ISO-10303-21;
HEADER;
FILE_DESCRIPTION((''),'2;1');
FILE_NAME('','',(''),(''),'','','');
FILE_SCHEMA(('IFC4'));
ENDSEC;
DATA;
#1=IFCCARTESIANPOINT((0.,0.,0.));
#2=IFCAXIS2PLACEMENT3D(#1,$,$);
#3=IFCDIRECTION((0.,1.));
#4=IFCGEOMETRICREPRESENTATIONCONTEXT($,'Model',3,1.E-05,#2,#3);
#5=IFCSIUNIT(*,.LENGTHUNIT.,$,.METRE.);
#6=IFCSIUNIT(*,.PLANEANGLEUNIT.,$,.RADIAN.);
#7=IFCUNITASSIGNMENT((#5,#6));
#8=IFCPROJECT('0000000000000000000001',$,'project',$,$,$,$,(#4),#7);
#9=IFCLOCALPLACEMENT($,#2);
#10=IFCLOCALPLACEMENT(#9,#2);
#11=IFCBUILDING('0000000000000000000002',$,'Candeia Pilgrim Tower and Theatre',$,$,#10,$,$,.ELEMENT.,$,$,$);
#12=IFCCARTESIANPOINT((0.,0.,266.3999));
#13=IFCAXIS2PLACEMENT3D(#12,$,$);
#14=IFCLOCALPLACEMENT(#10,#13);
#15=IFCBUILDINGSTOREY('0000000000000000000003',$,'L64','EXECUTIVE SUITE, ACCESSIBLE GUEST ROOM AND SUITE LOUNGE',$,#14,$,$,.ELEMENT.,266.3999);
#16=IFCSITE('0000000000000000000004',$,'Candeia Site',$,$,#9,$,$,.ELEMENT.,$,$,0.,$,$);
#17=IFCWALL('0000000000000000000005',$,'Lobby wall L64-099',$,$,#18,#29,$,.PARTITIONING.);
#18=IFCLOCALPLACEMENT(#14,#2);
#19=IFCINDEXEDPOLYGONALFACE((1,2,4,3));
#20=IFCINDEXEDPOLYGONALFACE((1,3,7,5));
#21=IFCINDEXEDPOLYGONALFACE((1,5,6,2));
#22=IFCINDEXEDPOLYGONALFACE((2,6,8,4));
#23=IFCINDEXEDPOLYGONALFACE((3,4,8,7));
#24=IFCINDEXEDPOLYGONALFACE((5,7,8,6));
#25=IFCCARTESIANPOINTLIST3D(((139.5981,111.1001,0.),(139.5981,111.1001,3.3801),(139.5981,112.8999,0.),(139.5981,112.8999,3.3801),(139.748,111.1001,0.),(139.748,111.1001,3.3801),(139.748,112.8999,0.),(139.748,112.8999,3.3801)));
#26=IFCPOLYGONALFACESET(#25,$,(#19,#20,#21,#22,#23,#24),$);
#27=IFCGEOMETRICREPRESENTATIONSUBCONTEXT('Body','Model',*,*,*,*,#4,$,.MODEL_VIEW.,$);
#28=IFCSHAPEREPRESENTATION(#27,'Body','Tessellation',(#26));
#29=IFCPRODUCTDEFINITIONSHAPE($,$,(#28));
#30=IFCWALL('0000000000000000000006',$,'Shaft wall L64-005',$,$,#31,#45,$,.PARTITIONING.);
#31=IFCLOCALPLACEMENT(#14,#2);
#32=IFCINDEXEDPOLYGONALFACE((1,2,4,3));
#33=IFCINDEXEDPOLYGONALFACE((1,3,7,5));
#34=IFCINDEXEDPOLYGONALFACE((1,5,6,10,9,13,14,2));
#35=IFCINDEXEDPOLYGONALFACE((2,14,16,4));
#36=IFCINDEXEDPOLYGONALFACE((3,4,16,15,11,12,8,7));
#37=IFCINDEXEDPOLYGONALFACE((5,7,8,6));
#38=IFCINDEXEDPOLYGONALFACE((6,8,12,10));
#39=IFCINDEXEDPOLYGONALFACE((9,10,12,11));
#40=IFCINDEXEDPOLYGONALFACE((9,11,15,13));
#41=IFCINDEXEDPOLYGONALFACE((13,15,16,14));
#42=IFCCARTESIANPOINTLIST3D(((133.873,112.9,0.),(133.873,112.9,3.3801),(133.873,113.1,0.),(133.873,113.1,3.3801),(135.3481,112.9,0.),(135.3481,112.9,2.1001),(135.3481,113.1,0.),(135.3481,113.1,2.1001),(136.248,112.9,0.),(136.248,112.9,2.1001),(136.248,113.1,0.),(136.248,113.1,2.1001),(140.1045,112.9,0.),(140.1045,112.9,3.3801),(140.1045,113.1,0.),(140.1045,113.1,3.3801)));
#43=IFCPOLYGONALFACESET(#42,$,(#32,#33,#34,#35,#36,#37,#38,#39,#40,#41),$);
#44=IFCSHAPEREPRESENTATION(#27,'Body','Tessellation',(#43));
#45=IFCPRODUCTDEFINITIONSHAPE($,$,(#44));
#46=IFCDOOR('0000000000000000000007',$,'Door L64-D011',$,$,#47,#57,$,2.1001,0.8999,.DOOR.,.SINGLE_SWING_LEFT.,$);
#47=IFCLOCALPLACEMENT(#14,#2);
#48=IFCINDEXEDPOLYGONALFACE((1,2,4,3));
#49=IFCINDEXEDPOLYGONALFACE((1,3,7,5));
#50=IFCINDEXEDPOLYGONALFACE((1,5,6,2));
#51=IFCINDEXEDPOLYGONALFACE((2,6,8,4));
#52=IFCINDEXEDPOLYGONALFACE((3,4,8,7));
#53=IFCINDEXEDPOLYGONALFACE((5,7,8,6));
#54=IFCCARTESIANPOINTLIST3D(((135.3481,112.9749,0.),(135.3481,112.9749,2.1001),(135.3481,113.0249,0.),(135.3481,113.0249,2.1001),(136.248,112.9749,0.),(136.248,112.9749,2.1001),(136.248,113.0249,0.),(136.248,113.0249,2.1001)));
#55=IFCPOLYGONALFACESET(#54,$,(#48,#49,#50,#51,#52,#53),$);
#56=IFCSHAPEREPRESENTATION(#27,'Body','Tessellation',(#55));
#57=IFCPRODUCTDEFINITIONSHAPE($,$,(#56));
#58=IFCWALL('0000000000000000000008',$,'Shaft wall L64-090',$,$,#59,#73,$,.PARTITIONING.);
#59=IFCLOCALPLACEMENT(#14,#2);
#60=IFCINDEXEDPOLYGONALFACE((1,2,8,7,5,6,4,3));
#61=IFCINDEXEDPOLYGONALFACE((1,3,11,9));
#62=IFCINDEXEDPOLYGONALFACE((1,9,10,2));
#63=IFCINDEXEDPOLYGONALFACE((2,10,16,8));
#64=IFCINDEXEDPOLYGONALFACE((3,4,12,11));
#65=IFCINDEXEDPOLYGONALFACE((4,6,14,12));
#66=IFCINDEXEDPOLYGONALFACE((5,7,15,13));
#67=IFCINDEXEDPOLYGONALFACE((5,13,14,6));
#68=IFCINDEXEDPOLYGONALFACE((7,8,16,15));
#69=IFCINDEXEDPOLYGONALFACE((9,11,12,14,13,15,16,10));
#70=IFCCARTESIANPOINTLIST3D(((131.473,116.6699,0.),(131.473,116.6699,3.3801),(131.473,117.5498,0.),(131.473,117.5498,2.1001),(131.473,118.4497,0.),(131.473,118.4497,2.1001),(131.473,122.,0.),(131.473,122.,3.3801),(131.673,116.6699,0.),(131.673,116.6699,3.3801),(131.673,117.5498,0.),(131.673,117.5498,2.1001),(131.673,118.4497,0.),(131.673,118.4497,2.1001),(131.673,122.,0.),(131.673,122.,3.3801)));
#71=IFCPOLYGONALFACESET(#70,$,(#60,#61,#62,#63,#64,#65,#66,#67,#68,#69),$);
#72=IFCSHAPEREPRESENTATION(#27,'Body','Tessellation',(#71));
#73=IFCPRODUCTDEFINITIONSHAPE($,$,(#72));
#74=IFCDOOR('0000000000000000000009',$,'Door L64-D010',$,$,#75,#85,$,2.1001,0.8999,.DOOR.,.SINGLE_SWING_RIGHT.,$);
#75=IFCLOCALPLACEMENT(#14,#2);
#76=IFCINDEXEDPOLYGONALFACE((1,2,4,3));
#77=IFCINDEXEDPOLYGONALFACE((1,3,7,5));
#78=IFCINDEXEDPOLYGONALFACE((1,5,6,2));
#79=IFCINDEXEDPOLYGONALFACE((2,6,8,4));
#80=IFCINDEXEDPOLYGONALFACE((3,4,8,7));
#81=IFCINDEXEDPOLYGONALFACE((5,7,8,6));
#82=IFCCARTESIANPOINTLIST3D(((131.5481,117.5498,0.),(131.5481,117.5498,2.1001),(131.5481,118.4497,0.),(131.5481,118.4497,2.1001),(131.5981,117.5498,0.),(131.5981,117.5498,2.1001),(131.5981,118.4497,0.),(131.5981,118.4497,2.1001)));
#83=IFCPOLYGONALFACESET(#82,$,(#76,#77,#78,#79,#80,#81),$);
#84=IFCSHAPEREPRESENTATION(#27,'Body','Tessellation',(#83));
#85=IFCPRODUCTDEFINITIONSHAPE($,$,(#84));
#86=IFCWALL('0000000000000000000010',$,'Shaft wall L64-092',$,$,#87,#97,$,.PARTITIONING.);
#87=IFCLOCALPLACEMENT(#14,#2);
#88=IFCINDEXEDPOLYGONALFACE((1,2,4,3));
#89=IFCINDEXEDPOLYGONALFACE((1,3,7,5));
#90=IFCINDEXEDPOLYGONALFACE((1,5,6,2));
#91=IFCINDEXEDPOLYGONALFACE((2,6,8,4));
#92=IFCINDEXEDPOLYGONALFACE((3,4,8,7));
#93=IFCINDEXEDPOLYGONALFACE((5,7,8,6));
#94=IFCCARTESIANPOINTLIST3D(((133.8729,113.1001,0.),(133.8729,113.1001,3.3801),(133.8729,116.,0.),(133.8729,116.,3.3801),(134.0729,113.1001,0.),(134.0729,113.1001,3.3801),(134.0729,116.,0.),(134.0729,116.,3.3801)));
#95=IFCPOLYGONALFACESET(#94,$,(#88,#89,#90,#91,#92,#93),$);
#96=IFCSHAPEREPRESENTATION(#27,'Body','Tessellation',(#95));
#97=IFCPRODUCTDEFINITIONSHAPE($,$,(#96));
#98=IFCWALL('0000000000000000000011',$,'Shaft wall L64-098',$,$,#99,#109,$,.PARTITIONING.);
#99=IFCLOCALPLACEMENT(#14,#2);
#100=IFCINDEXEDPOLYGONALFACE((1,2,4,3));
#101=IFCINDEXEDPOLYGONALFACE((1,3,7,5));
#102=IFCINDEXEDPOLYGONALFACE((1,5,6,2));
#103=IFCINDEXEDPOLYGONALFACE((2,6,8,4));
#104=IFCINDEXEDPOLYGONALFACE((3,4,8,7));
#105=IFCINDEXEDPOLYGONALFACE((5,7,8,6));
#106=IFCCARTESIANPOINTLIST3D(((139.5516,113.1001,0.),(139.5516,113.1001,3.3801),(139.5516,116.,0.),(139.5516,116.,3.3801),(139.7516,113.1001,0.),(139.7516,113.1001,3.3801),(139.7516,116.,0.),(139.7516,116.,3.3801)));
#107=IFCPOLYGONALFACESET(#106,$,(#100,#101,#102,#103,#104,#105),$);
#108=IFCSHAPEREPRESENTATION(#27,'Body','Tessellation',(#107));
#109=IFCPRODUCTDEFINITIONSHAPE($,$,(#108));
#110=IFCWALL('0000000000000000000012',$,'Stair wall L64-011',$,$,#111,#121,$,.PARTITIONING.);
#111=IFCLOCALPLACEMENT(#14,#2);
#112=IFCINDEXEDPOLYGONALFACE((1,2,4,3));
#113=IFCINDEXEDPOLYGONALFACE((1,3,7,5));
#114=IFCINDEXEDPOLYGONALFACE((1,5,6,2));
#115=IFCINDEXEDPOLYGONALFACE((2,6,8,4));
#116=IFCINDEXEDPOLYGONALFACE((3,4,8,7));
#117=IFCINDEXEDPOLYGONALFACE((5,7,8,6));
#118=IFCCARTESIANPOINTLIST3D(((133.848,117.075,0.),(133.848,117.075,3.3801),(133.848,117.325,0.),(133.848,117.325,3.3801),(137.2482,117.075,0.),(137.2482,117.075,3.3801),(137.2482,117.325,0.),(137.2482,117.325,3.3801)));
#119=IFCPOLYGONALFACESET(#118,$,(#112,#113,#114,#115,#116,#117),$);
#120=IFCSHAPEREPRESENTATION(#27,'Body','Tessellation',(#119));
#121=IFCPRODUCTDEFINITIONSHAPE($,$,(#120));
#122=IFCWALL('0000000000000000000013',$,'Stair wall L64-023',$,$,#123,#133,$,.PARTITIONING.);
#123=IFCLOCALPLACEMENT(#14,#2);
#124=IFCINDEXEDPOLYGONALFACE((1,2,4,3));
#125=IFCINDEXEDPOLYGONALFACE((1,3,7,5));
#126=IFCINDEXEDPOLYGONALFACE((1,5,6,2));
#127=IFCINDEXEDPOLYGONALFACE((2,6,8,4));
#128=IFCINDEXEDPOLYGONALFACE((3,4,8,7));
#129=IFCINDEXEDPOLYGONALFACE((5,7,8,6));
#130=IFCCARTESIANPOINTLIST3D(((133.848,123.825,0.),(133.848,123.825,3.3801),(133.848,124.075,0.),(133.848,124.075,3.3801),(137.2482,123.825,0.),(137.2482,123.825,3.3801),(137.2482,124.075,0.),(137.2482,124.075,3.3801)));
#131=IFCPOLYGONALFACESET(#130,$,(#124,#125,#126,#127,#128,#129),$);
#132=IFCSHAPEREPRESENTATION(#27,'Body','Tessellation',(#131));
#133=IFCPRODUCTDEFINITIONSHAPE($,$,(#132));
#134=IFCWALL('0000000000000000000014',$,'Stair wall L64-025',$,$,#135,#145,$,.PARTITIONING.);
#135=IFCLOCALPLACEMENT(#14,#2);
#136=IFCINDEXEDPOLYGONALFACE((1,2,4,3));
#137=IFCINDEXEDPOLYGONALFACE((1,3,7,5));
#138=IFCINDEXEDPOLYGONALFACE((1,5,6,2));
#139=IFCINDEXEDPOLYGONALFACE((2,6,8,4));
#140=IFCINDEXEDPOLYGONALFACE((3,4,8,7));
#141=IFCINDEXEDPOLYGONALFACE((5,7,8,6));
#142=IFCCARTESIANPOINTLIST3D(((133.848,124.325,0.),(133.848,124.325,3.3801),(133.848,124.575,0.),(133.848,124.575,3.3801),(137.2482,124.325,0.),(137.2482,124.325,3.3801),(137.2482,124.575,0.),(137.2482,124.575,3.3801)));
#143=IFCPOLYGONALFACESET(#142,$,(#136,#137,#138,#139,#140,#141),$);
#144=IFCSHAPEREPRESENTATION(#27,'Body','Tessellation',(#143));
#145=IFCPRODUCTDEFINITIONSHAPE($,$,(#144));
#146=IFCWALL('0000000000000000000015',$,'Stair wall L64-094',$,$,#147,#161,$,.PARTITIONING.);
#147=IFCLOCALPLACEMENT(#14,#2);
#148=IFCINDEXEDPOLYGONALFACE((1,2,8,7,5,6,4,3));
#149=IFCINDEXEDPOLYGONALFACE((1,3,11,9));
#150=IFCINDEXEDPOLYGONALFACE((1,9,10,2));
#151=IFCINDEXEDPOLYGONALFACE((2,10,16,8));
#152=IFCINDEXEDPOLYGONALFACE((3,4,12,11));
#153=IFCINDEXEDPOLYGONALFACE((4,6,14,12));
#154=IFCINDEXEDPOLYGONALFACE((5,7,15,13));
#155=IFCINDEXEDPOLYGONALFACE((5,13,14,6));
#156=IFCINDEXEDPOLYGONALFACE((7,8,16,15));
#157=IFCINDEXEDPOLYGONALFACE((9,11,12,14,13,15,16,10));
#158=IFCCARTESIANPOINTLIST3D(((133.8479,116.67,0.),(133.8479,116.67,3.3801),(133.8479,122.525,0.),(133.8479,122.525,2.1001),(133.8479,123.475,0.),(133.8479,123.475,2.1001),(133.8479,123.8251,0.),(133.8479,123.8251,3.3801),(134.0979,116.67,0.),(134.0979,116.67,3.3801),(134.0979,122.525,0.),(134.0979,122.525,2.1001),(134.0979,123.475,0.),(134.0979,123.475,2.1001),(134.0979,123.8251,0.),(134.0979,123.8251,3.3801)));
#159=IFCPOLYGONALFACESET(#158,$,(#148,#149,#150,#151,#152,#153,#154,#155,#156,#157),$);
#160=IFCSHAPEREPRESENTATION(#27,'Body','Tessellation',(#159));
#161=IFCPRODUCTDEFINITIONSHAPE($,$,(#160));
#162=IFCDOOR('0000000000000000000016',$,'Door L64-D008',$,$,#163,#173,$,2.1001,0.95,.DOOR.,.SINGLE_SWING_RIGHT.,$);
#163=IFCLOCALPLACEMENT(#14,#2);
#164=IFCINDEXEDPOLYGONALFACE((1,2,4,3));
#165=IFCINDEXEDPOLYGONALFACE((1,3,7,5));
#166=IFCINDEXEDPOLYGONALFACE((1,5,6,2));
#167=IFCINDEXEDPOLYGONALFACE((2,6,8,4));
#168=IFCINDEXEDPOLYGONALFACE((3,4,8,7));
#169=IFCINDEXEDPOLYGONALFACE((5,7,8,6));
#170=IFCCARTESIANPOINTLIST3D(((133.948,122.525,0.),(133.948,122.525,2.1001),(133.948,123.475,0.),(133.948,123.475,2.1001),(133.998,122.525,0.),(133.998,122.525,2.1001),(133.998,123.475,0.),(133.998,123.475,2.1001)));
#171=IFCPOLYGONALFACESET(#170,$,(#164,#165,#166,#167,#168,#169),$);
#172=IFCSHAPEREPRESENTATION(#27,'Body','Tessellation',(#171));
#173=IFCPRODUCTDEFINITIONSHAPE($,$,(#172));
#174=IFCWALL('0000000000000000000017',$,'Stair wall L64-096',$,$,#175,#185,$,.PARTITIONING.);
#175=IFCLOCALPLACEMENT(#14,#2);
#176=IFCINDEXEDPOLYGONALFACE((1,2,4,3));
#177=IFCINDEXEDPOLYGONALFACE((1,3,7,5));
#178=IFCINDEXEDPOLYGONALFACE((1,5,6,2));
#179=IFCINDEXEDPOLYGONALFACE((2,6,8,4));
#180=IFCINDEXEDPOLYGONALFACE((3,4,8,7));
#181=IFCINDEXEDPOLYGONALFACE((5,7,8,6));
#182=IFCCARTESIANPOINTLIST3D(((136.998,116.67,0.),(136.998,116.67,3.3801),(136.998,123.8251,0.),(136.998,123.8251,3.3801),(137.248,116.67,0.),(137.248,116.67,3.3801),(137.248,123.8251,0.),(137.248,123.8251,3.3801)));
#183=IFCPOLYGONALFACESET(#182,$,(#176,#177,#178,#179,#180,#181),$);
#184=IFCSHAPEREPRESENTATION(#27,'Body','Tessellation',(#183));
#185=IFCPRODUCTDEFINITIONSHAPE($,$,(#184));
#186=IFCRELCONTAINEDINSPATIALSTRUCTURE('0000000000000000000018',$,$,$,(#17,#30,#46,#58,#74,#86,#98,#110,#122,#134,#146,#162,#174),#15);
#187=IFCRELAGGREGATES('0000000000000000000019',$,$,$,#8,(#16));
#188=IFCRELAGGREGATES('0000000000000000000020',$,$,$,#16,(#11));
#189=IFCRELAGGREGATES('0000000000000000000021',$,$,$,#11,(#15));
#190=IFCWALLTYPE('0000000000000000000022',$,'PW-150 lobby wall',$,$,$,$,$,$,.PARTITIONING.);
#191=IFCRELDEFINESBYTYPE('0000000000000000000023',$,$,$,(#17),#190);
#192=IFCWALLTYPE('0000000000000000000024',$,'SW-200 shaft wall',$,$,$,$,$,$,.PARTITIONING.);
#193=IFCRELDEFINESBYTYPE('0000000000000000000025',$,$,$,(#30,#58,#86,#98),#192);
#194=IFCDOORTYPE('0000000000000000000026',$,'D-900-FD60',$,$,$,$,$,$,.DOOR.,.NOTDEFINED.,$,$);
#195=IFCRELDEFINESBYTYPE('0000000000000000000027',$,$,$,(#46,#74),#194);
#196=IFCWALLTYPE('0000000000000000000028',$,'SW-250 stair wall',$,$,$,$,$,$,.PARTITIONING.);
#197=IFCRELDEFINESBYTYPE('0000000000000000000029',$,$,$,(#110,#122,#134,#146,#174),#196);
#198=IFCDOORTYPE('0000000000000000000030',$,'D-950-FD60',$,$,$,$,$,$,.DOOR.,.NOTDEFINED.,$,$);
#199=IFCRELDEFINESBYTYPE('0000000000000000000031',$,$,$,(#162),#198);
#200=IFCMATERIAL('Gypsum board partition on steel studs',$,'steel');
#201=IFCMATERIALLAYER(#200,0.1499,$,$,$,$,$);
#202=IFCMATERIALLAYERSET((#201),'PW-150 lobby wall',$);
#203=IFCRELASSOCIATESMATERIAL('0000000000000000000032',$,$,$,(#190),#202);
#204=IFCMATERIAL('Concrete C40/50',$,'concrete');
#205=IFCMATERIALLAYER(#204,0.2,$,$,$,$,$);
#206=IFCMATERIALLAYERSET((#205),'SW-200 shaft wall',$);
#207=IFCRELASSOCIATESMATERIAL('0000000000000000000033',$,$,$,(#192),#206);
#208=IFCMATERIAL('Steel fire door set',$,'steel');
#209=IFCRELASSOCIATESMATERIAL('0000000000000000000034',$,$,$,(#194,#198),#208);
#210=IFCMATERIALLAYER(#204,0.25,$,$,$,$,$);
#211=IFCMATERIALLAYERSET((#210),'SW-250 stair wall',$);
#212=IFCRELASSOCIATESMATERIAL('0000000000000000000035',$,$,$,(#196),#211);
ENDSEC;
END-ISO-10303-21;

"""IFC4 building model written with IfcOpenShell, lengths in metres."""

from ifc_helpers import new_model, si_unit, direction, frame, frame_2d, origin, place, context, subcontext, project, spatial, rectangle, extrude, material, layer, layer_set, type_object, element, fill, save


model = new_model("IFC4")

# Units and contexts
model_context = context("Model", 3, precision=1e-05, world=origin(), true_north=direction((0.0, 1.0)))
body_context = subcontext(model_context, "Body", "Model", "MODEL_VIEW")
ifc_project = project(units=[si_unit("LENGTHUNIT", "METRE"), si_unit("PLANEANGLEUNIT", "RADIAN")], contexts=[model_context])

# Site, building, storey
site_placement = place(None, origin())
site = spatial("IfcSite", under=ifc_project, at=site_placement, Name="Candeia Site", CompositionType="ELEMENT", RefElevation=0.0)
building_placement = place(site_placement, origin())
building = spatial("IfcBuilding", under=site, at=building_placement, Name="Candeia Pilgrim Tower and Theatre", CompositionType="ELEMENT")
storey_placement = place(building_placement, frame((0.0, 0.0, 266.3999)))
storey = spatial("IfcBuildingStorey", under=building, at=storey_placement, Name="L64", Description="EXECUTIVE SUITE, ACCESSIBLE GUEST ROOM AND SUITE LOUNGE", CompositionType="ELEMENT", Elevation=266.3999)

# Shared definitions
ifc_material_1 = material(Name="Concrete C40/50", Category="concrete")

# Shared definitions
ifc_material_2 = material(Name="Steel fire door set", Category="steel")

# Shared definitions
ifc_material_3 = material(Name="Gypsum board partition on steel studs", Category="steel")
ifc_layer_1 = layer(ifc_material_3, 0.1499)
ifc_layer_set_1 = layer_set([ifc_layer_1], Name="PW-150 lobby wall")
wall_type_1 = type_object("IfcWallType", Name="PW-150 lobby wall", PredefinedType="PARTITIONING", material=ifc_layer_set_1)

# Wall
wall_1_placement = place(storey_placement, frame((139.6731, 111.1001, 0.0), z_axis=(0.0, 0.0, 1.0), x_axis=(0.0, 1.0, 0.0)))
element("IfcWall", 1, at=wall_1_placement, inside=storey, type_object=wall_type_1, Name="Lobby wall L64-099", PredefinedType="PARTITIONING", context=body_context, shape_type="SweptSolid", body=[
    extrude(rectangle(XDim=1.7998, YDim=0.1499, at=frame_2d((0.8999, 0.0))), origin(), (0.0, 0.0, 1.0), 3.3801),
])

# Walls, openings, doors
ifc_layer_2 = layer(ifc_material_1, 0.2)
ifc_layer_set_2 = layer_set([ifc_layer_2], Name="SW-200 shaft wall")
wall_type_2 = type_object("IfcWallType", Name="SW-200 shaft wall", PredefinedType="PARTITIONING", material=ifc_layer_set_2)
wall_2_placement = place(storey_placement, frame((133.873, 113.0, 0.0), z_axis=(0.0, 0.0, 1.0), x_axis=(1.0, 0.0, 0.0)))
wall_2 = element("IfcWall", 2, at=wall_2_placement, inside=storey, type_object=wall_type_2, Name="Shaft wall L64-005", PredefinedType="PARTITIONING", context=body_context, shape_type="SweptSolid", body=[
    extrude(rectangle(XDim=6.2314, YDim=0.2, at=frame_2d((3.1157, 0.0))), origin(), (0.0, 0.0, 1.0), 3.3801),
])
opening_1_placement = place(wall_2_placement, frame((1.4751, 0.0, 0.0)))
opening_1 = element("IfcOpeningElement", 3, at=opening_1_placement, cuts=wall_2, PredefinedType="OPENING", context=body_context, shape_type="SweptSolid", body=[
    extrude(rectangle(XDim=0.8999, YDim=2.1001, at=frame_2d((0.45, 1.05))), frame((0.0, 0.1099, 0.0), z_axis=(0.0, -1.0, 0.0), x_axis=(1.0, 0.0, 0.0)), (0.0, 0.0, 1.0), 0.22),
])
door_type_1 = type_object("IfcDoorType", Name="D-900-FD60", OperationType="NOTDEFINED", PredefinedType="DOOR", material=ifc_material_2)
door_1_placement = place(opening_1_placement, origin())
door_1 = element("IfcDoor", 4, at=door_1_placement, inside=storey, type_object=door_type_1, Name="Door L64-D011", OperationType="SINGLE_SWING_LEFT", OverallHeight=2.1001, OverallWidth=0.8999, PredefinedType="DOOR", context=body_context, shape_type="SweptSolid", body=[
    extrude(rectangle(XDim=0.8999, YDim=2.1001, at=frame_2d((0.45, 1.05))), frame((0.0, 0.0249, 0.0), z_axis=(0.0, -1.0, 0.0), x_axis=(1.0, 0.0, 0.0)), (0.0, 0.0, 1.0), 0.05),
])
fill(opening_1, door_1)
wall_3_placement = place(storey_placement, frame((131.573, 116.6699, 0.0), z_axis=(0.0, 0.0, 1.0), x_axis=(0.0, 1.0, 0.0)))
wall_3 = element("IfcWall", 5, at=wall_3_placement, inside=storey, type_object=wall_type_2, Name="Shaft wall L64-090", PredefinedType="PARTITIONING", context=body_context, shape_type="SweptSolid", body=[
    extrude(rectangle(XDim=5.3301, YDim=0.2, at=frame_2d((2.665, 0.0))), origin(), (0.0, 0.0, 1.0), 3.3801),
])
opening_2_placement = place(wall_3_placement, frame((0.8799, 0.0, 0.0)))
opening_2 = element("IfcOpeningElement", 6, at=opening_2_placement, cuts=wall_3, PredefinedType="OPENING", context=body_context, shape_type="SweptSolid", body=[
    extrude(rectangle(XDim=0.8999, YDim=2.1001, at=frame_2d((0.45, 1.05))), frame((0.0, 0.1099, 0.0), z_axis=(0.0, -1.0, 0.0), x_axis=(1.0, 0.0, 0.0)), (0.0, 0.0, 1.0), 0.22),
])
door_2_placement = place(opening_2_placement, origin())
door_2 = element("IfcDoor", 7, at=door_2_placement, inside=storey, type_object=door_type_1, Name="Door L64-D010", OperationType="SINGLE_SWING_RIGHT", OverallHeight=2.1001, OverallWidth=0.8999, PredefinedType="DOOR", context=body_context, shape_type="SweptSolid", body=[
    extrude(rectangle(XDim=0.8999, YDim=2.1001, at=frame_2d((0.45, 1.05))), frame((0.0, 0.0249, 0.0), z_axis=(0.0, -1.0, 0.0), x_axis=(1.0, 0.0, 0.0)), (0.0, 0.0, 1.0), 0.05),
])
fill(opening_2, door_2)

# Walls
for number, where, z_axis, x_axis, name in (
    (8, (133.9729, 113.1001, 0.0), (0.0, 0.0, 1.0), (0.0, 1.0, 0.0), "Shaft wall L64-092"),
    (9, (139.6516, 113.1001, 0.0), (0.0, 0.0, 1.0), (0.0, 1.0, 0.0), "Shaft wall L64-098"),
):
    element("IfcWall", number, at=place(storey_placement, frame(where, z_axis=z_axis, x_axis=x_axis)), inside=storey, type_object=wall_type_2, Name=name, PredefinedType="PARTITIONING", context=body_context, shape_type="SweptSolid", body=[
        extrude(rectangle(XDim=2.8999, YDim=0.2, at=frame_2d((1.45, 0.0))), origin(), (0.0, 0.0, 1.0), 3.3801),
    ])
ifc_layer_3 = layer(ifc_material_1, 0.25)
ifc_layer_set_3 = layer_set([ifc_layer_3], Name="SW-250 stair wall")
wall_type_3 = type_object("IfcWallType", Name="SW-250 stair wall", PredefinedType="PARTITIONING", material=ifc_layer_set_3)
for number, where, z_axis, x_axis, name in (
    (10, (133.8479, 117.2, 0.0), (0.0, 0.0, 1.0), (1.0, 0.0, 0.0), "Stair wall L64-011"),
    (11, (133.8479, 123.95, 0.0), (0.0, 0.0, 1.0), (1.0, 0.0, 0.0), "Stair wall L64-023"),
    (12, (133.8479, 124.45, 0.0), (0.0, 0.0, 1.0), (1.0, 0.0, 0.0), "Stair wall L64-025"),
):
    element("IfcWall", number, at=place(storey_placement, frame(where, z_axis=z_axis, x_axis=x_axis)), inside=storey, type_object=wall_type_3, Name=name, PredefinedType="PARTITIONING", context=body_context, shape_type="SweptSolid", body=[
        extrude(rectangle(XDim=3.4001, YDim=0.25, at=frame_2d((1.7002, 0.0))), origin(), (0.0, 0.0, 1.0), 3.3801),
    ])

# Wall, opening, door
wall_4_placement = place(storey_placement, frame((133.9729, 116.6699, 0.0), z_axis=(0.0, 0.0, 1.0), x_axis=(0.0, 1.0, 0.0)))
wall_4 = element("IfcWall", 13, at=wall_4_placement, inside=storey, type_object=wall_type_3, Name="Stair wall L64-094", PredefinedType="PARTITIONING", context=body_context, shape_type="SweptSolid", body=[
    extrude(rectangle(XDim=7.155, YDim=0.25, at=frame_2d((3.5776, 0.0))), origin(), (0.0, 0.0, 1.0), 3.3801),
])
opening_3_placement = place(wall_4_placement, frame((5.855, 0.0, 0.0)))
opening_3 = element("IfcOpeningElement", 14, at=opening_3_placement, cuts=wall_4, PredefinedType="OPENING", context=body_context, shape_type="SweptSolid", body=[
    extrude(rectangle(XDim=0.95, YDim=2.1001, at=frame_2d((0.4751, 1.05))), frame((0.0, 0.135, 0.0), z_axis=(0.0, -1.0, 0.0), x_axis=(1.0, 0.0, 0.0)), (0.0, 0.0, 1.0), 0.27),
])
door_type_2 = type_object("IfcDoorType", Name="D-950-FD60", OperationType="NOTDEFINED", PredefinedType="DOOR", material=ifc_material_2)
door_3_placement = place(opening_3_placement, origin())
door_3 = element("IfcDoor", 15, at=door_3_placement, inside=storey, type_object=door_type_2, Name="Door L64-D008", OperationType="SINGLE_SWING_RIGHT", OverallHeight=2.1001, OverallWidth=0.95, PredefinedType="DOOR", context=body_context, shape_type="SweptSolid", body=[
    extrude(rectangle(XDim=0.95, YDim=2.1001, at=frame_2d((0.4751, 1.05))), frame((0.0, 0.0249, 0.0), z_axis=(0.0, -1.0, 0.0), x_axis=(1.0, 0.0, 0.0)), (0.0, 0.0, 1.0), 0.05),
])
fill(opening_3, door_3)

# Wall
wall_5_placement = place(storey_placement, frame((137.123, 116.6699, 0.0), z_axis=(0.0, 0.0, 1.0), x_axis=(0.0, 1.0, 0.0)))
element("IfcWall", 16, at=wall_5_placement, inside=storey, type_object=wall_type_3, Name="Stair wall L64-096", PredefinedType="PARTITIONING", context=body_context, shape_type="SweptSolid", body=[
    extrude(rectangle(XDim=7.155, YDim=0.25, at=frame_2d((3.5776, 0.0))), origin(), (0.0, 0.0, 1.0), 3.3801),
])

save(model, "model.ifc")
